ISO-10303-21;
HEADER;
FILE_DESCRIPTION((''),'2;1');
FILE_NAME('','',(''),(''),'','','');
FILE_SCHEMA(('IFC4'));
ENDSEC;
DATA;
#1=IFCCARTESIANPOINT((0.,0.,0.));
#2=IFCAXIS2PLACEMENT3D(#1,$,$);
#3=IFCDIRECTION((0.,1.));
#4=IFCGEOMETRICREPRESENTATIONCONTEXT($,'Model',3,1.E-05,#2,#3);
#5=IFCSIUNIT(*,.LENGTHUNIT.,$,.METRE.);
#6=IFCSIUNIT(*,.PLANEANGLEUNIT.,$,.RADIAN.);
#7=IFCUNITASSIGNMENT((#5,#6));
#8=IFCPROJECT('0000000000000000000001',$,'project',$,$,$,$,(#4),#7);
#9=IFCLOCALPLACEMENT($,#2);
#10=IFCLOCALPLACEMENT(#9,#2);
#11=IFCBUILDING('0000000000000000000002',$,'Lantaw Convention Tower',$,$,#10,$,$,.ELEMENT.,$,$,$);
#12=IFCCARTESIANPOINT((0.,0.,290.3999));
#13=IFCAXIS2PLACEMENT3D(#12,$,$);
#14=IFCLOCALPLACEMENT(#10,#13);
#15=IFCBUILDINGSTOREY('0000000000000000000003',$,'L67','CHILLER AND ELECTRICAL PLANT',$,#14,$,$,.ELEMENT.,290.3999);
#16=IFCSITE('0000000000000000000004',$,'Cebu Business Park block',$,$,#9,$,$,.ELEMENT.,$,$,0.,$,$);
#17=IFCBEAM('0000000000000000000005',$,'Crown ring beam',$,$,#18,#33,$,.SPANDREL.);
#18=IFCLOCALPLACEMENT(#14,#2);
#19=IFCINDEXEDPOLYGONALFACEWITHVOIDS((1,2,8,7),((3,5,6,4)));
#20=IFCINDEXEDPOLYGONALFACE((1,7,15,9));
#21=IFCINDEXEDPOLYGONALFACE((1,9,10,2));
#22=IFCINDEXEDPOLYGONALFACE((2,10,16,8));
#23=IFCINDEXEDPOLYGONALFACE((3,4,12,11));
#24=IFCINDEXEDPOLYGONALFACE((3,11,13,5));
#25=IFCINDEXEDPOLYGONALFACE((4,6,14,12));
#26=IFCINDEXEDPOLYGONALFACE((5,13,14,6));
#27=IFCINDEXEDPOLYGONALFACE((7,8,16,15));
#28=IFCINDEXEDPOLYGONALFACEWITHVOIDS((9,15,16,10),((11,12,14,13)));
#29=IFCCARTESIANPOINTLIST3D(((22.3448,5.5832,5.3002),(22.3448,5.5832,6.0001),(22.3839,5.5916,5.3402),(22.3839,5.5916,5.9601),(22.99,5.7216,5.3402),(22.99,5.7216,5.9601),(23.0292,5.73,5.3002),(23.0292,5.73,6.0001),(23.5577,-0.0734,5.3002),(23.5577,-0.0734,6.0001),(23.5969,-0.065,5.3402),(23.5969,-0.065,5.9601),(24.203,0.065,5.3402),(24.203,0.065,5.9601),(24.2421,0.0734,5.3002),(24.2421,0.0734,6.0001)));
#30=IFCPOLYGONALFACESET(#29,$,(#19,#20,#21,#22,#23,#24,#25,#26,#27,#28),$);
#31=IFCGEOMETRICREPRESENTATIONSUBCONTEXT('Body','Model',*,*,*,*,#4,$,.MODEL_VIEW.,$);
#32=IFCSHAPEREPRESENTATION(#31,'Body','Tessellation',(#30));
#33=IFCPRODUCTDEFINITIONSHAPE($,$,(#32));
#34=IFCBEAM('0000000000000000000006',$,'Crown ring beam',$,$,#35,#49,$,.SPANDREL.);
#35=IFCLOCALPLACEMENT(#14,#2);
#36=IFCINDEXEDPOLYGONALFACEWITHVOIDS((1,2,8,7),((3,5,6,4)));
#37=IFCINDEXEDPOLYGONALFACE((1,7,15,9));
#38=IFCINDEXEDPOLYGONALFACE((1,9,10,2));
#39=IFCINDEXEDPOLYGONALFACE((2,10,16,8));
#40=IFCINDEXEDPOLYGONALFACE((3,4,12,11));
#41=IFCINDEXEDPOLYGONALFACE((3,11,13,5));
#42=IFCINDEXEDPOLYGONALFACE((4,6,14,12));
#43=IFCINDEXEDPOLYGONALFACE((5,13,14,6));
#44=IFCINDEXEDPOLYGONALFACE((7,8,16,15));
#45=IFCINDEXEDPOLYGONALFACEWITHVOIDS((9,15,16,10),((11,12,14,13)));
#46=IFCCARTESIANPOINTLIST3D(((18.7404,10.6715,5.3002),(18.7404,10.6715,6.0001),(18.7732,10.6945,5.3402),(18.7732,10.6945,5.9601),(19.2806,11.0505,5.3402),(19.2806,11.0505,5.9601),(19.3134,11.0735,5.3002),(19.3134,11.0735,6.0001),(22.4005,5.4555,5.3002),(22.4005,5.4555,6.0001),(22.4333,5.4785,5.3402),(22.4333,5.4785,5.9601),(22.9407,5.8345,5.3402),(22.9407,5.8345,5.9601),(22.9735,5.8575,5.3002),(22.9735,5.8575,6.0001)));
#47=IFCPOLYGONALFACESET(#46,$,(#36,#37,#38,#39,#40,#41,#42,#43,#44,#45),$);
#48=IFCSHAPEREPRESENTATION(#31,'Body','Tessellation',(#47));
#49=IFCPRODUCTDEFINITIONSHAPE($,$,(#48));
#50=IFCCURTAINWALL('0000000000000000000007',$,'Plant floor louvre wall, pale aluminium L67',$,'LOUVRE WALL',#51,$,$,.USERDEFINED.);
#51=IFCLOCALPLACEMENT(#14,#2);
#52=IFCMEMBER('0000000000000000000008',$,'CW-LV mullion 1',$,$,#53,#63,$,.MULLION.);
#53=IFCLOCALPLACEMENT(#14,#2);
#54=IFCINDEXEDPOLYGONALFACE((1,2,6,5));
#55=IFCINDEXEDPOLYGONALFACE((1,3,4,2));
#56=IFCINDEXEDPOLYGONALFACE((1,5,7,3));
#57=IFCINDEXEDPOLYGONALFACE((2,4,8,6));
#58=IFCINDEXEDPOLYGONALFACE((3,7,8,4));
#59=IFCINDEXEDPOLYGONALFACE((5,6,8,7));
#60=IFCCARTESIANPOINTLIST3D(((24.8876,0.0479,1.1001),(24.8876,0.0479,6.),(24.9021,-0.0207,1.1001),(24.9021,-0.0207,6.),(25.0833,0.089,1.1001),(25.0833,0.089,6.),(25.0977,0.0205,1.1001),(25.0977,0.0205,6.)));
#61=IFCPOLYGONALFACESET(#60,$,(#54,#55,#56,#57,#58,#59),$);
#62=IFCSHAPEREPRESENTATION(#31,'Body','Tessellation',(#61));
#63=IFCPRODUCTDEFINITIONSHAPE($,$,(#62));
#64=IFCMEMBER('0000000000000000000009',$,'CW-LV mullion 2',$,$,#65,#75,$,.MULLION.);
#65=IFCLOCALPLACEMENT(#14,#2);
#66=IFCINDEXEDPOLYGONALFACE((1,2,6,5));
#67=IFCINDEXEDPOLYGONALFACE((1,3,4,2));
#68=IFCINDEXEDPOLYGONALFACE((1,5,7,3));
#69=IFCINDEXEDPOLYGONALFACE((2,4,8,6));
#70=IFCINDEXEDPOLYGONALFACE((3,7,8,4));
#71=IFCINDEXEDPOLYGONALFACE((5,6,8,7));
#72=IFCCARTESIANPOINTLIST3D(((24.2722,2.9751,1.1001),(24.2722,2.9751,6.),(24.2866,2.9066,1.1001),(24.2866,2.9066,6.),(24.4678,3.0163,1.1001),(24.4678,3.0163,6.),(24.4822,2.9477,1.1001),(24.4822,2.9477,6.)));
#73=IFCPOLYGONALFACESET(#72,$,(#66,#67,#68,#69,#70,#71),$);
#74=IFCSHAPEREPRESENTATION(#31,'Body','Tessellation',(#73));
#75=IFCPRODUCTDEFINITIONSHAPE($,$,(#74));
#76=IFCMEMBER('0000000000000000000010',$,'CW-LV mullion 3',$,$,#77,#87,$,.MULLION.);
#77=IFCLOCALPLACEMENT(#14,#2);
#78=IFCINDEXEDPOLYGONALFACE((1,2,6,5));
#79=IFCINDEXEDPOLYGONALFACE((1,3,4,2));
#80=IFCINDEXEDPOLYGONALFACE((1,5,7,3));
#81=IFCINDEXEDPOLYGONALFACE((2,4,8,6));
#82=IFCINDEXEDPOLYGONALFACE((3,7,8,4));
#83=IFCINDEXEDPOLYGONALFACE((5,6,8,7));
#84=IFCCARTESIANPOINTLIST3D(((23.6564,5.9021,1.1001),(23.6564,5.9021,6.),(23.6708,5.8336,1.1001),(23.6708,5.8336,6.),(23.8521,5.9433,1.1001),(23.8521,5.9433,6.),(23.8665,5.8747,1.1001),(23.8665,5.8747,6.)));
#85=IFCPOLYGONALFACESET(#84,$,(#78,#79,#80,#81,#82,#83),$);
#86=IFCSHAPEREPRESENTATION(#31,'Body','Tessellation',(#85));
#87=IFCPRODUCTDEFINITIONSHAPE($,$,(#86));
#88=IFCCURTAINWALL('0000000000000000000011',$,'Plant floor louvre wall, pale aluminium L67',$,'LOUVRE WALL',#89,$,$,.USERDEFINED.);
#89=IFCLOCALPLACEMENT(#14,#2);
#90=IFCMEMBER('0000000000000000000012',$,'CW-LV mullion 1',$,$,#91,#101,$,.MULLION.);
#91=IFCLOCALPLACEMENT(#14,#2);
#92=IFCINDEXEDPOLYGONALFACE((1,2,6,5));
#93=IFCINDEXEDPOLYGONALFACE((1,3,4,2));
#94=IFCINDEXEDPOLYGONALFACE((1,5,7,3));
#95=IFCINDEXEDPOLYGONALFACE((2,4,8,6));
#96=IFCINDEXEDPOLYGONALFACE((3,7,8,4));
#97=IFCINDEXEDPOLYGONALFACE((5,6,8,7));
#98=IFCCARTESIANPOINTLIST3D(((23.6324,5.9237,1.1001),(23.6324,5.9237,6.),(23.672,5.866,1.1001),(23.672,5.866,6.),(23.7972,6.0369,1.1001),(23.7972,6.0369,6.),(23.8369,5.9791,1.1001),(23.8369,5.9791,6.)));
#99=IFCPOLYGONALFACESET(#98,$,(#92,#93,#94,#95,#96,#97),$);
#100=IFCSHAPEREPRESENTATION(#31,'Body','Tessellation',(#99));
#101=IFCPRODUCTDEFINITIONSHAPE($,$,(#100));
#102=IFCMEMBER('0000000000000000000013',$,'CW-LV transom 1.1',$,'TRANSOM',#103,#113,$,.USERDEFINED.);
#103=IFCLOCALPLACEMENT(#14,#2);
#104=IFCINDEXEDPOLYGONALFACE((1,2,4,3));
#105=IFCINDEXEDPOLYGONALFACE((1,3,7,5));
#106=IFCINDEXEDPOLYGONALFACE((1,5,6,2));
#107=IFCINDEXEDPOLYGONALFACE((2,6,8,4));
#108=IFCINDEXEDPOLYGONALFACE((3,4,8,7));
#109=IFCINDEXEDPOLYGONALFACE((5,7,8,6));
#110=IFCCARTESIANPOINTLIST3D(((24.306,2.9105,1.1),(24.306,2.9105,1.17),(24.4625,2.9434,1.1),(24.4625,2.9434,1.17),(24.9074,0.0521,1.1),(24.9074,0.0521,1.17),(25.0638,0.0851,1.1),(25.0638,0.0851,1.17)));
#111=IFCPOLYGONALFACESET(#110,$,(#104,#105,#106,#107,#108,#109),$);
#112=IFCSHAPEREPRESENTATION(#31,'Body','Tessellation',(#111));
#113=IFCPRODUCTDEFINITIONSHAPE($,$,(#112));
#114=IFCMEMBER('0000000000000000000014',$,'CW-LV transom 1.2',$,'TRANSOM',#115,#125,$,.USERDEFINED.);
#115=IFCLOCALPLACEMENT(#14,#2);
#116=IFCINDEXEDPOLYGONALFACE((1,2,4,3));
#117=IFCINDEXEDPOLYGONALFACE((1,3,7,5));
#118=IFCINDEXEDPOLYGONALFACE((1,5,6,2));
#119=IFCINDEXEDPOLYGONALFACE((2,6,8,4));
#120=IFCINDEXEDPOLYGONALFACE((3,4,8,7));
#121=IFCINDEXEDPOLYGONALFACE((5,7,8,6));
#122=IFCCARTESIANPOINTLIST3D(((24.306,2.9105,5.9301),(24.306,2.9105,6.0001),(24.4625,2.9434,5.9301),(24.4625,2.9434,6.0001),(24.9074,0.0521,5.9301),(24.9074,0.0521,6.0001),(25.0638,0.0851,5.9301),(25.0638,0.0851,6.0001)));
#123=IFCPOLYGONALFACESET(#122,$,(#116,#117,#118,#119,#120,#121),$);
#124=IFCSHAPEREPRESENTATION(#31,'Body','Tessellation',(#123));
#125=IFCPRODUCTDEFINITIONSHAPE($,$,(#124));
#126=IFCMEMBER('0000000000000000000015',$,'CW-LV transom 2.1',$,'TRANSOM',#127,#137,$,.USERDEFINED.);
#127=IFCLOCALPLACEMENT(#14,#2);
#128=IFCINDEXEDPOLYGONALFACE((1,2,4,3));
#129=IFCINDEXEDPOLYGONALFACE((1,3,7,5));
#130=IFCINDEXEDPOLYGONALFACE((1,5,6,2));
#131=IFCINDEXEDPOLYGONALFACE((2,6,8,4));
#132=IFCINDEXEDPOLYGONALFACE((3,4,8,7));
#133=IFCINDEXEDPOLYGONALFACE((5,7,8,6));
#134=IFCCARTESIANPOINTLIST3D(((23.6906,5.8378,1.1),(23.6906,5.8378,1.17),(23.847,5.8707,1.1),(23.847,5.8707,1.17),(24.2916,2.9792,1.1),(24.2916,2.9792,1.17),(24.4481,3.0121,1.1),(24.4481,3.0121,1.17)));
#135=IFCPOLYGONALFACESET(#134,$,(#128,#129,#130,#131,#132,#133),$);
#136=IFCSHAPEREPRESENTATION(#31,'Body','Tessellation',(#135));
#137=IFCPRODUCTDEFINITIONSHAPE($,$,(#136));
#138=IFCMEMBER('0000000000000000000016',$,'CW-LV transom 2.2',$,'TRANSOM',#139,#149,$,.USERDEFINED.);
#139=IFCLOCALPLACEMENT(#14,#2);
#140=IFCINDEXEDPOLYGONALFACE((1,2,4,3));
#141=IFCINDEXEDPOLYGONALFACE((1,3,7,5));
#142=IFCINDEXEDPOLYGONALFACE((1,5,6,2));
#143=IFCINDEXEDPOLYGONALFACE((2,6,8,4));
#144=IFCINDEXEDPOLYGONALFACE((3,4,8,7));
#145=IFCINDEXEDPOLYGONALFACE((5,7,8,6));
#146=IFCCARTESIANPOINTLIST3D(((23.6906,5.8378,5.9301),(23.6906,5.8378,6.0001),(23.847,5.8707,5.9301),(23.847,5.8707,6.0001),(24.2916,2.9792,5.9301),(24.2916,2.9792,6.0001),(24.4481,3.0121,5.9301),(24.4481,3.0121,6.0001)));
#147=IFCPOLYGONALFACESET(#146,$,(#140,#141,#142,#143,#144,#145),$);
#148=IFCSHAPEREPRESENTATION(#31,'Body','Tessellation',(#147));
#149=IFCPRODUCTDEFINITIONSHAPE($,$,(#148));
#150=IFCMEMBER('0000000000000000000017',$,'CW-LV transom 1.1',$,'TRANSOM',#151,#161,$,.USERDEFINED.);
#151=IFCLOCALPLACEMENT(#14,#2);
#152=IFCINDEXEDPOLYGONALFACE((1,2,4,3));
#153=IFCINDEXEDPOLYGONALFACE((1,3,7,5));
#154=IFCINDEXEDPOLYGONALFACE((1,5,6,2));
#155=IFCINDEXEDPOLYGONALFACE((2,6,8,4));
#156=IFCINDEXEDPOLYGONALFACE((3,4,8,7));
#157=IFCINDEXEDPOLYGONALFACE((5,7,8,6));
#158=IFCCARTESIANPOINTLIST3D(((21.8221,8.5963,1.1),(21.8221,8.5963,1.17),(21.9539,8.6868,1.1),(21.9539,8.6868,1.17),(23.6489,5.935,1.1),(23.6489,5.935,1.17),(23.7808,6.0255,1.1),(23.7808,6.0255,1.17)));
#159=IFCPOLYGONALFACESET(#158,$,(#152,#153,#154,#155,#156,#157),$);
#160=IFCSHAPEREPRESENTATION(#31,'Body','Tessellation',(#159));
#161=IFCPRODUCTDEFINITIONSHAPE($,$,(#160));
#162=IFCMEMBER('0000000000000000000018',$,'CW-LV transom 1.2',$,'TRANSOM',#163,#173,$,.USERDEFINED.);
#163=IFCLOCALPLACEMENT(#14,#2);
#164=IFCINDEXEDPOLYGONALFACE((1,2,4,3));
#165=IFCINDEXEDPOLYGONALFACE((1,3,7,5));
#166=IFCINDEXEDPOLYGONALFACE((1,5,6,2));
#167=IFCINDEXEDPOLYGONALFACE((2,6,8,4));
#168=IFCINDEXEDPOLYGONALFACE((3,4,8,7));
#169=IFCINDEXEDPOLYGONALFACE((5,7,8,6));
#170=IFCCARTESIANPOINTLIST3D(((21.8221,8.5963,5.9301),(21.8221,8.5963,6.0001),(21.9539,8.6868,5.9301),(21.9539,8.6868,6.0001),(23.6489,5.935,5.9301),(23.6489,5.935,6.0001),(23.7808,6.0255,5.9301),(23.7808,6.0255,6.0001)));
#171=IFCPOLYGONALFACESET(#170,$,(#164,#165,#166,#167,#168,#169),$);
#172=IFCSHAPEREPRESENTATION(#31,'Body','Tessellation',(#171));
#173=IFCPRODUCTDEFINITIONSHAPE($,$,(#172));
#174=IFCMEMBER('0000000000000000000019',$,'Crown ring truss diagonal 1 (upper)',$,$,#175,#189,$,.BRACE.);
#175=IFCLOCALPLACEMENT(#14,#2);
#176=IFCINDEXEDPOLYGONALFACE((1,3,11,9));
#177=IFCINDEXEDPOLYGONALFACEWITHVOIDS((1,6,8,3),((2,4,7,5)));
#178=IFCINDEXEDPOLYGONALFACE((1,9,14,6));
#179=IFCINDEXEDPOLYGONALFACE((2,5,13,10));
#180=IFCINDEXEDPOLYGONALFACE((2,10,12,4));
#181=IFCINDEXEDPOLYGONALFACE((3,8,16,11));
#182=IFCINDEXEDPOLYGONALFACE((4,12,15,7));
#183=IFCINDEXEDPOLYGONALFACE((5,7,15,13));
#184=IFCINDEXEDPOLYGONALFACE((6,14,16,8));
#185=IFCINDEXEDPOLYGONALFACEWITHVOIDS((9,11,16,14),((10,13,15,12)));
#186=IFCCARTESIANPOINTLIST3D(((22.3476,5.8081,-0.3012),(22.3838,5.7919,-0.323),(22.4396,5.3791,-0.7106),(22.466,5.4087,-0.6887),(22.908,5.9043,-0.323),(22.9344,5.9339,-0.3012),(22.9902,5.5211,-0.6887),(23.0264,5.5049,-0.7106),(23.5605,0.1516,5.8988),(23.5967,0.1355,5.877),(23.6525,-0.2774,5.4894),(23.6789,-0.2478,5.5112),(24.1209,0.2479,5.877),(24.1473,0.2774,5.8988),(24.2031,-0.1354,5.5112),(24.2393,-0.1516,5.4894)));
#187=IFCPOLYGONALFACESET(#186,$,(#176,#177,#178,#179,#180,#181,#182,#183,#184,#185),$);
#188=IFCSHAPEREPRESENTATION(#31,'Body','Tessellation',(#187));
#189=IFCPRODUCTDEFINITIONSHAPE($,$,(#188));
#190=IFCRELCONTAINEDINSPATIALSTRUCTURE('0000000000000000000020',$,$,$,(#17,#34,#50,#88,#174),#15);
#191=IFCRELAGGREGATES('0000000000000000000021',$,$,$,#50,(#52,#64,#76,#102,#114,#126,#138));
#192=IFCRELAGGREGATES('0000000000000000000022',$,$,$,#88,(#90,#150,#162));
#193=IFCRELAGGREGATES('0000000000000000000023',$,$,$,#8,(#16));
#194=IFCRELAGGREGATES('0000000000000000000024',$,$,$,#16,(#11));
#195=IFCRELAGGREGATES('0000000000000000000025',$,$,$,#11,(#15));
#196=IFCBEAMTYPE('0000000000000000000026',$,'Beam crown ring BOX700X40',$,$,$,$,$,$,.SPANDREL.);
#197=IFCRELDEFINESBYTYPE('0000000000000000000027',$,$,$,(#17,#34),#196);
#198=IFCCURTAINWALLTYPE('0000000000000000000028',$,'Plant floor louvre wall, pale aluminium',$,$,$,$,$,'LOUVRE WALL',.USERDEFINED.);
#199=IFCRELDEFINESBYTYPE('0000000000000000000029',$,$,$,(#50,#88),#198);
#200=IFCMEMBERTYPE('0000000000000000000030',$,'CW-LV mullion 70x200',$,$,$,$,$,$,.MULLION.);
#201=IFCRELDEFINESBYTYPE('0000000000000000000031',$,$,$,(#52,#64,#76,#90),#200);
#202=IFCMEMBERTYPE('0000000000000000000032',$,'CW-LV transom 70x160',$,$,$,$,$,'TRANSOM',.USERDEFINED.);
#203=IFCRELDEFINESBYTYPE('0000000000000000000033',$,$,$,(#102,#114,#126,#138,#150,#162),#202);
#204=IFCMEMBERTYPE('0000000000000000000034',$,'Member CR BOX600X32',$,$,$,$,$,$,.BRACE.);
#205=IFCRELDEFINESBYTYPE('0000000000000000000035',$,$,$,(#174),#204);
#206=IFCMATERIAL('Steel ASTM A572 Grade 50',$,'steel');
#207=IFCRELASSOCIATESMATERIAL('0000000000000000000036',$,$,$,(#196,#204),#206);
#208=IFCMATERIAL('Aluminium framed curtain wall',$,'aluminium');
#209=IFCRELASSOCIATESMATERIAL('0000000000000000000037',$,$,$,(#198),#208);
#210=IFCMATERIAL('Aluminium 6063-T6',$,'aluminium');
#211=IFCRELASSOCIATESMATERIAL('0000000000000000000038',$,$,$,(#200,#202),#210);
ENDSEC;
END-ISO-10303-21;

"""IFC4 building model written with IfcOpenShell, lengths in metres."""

from ifc_helpers import new_model, si_unit, direction, frame, origin, origin_2d, place, context, subcontext, project, spatial, rectangle, hollow_rectangle, extrude, material, material_profile, profile_set, type_object, element, aggregate, save


model = new_model("IFC4")

# Units and contexts
model_context = context("Model", 3, precision=1e-05, world=origin(), true_north=direction((0.0, 1.0)))
body_context = subcontext(model_context, "Body", "Model", "MODEL_VIEW")
ifc_project = project(units=[si_unit("LENGTHUNIT", "METRE"), si_unit("PLANEANGLEUNIT", "RADIAN")], contexts=[model_context])

# Site, building, storey
site_placement = place(None, origin())
site = spatial("IfcSite", under=ifc_project, at=site_placement, Name="Cebu Business Park block", CompositionType="ELEMENT", RefElevation=0.0)
building_placement = place(site_placement, origin())
building = spatial("IfcBuilding", under=site, at=building_placement, Name="Lantaw Convention Tower", CompositionType="ELEMENT")
storey_placement = place(building_placement, frame((0.0, 0.0, 290.3999)))
storey = spatial("IfcBuildingStorey", under=building, at=storey_placement, Name="L67", Description="CHILLER AND ELECTRICAL PLANT", CompositionType="ELEMENT", Elevation=290.3999)

# Shared definitions
ifc_material_1 = material(Name="Steel ASTM A572 Grade 50", Category="steel")

# Beams
ifc_material_profile_1 = material_profile(ifc_material_1, hollow_rectangle(XDim=0.7, YDim=0.7, WallThickness=0.04, at=origin_2d()), Name="BOX700X40")
ifc_profile_set_1 = profile_set([ifc_material_profile_1], Name="Steel ASTM A572 Grade 50")
beam_type_1 = type_object("IfcBeamType", Name="Beam crown ring BOX700X40", PredefinedType="SPANDREL", material=ifc_profile_set_1)
beam_1_placement = place(storey_placement, frame((23.8999, 0.0, 5.6501), z_axis=(-0.209659, 0.977775, 0.0), x_axis=(-0.977775, -0.209659, 0.0)))
element("IfcBeam", 1, at=beam_1_placement, inside=storey, type_object=beam_type_1, Name="Crown ring beam", PredefinedType="SPANDREL", context=body_context, shape_type="SweptSolid", body=[
    extrude(hollow_rectangle(XDim=0.7, YDim=0.7, WallThickness=0.04, at=origin_2d()), origin(), (0.0, 0.0, 1.0), 5.7852),
])
beam_2_placement = place(storey_placement, frame((22.687, 5.6565, 5.6501), z_axis=(-0.574401, 0.818574, 0.0), x_axis=(-0.818574, -0.574401, 0.0)))
element("IfcBeam", 2, at=beam_2_placement, inside=storey, type_object=beam_type_1, Name="Crown ring beam", PredefinedType="SPANDREL", context=body_context, shape_type="SweptSolid", body=[
    extrude(hollow_rectangle(XDim=0.7, YDim=0.7, WallThickness=0.04, at=origin_2d()), origin(), (0.0, 0.0, 1.0), 6.3721),
])

# Curtain wall, members
ifc_material_2 = material(Name="Aluminium framed curtain wall", Category="aluminium")
curtain_wall_type = type_object("IfcCurtainWallType", Name="Plant floor louvre wall, pale aluminium", ElementType="LOUVRE WALL", PredefinedType="USERDEFINED", material=ifc_material_2)
curtain_wall_1_placement = place(storey_placement, origin())
curtain_wall_1 = element("IfcCurtainWall", 3, at=curtain_wall_1_placement, inside=storey, type_object=curtain_wall_type, Name="Plant floor louvre wall, pale aluminium L67", ObjectType="LOUVRE WALL", PredefinedType="USERDEFINED")
ifc_material_3 = material(Name="Aluminium 6063-T6", Category="aluminium")
ifc_material_profile_2 = material_profile(ifc_material_3, rectangle(XDim=0.2, YDim=0.0701, at=origin_2d()), Name="CW-LV mullion 70x200")
ifc_profile_set_2 = profile_set([ifc_material_profile_2], Name="Aluminium 6063-T6")
member_type_1 = type_object("IfcMemberType", Name="CW-LV mullion 70x200", PredefinedType="MULLION", material=ifc_profile_set_2)
member_1_placement = place(storey_placement, frame((24.9927, 0.0342, 1.1001), z_axis=(0.0, 0.0, 1.0), x_axis=(-0.978591, -0.205814, 0.0)))
member_1 = element("IfcMember", 4, at=member_1_placement, type_object=member_type_1, Name="CW-LV mullion 1", PredefinedType="MULLION", context=body_context, shape_type="SweptSolid", body=[
    extrude(rectangle(XDim=0.2, YDim=0.0701, at=origin_2d()), origin(), (0.0, 0.0, 1.0), 4.8999),
])
member_2_placement = place(storey_placement, frame((24.3772, 2.9614, 1.1001), z_axis=(0.0, 0.0, 1.0), x_axis=(-0.978591, -0.205814, 0.0)))
member_2 = element("IfcMember", 5, at=member_2_placement, type_object=member_type_1, Name="CW-LV mullion 2", PredefinedType="MULLION", context=body_context, shape_type="SweptSolid", body=[
    extrude(rectangle(XDim=0.2, YDim=0.0701, at=origin_2d()), origin(), (0.0, 0.0, 1.0), 4.8999),
])
member_3_placement = place(storey_placement, frame((23.7615, 5.8884, 1.1001), z_axis=(0.0, 0.0, 1.0), x_axis=(-0.978591, -0.205814, 0.0)))
member_3 = element("IfcMember", 6, at=member_3_placement, type_object=member_type_1, Name="CW-LV mullion 3", PredefinedType="MULLION", context=body_context, shape_type="SweptSolid", body=[
    extrude(rectangle(XDim=0.2, YDim=0.0701, at=origin_2d()), origin(), (0.0, 0.0, 1.0), 4.8999),
])

# Curtain wall, member
curtain_wall_2_placement = place(storey_placement, origin())
curtain_wall_2 = element("IfcCurtainWall", 7, at=curtain_wall_2_placement, inside=storey, type_object=curtain_wall_type, Name="Plant floor louvre wall, pale aluminium L67", ObjectType="LOUVRE WALL", PredefinedType="USERDEFINED")
member_4_placement = place(storey_placement, frame((23.7346, 5.9514, 1.1001), z_axis=(0.0, 0.0, 1.0), x_axis=(-0.82445, -0.565935, 0.0)))
member_4 = element("IfcMember", 8, at=member_4_placement, type_object=member_type_1, Name="CW-LV mullion 1", PredefinedType="MULLION", context=body_context, shape_type="SweptSolid", body=[
    extrude(rectangle(XDim=0.2, YDim=0.0701, at=origin_2d()), origin(), (0.0, 0.0, 1.0), 4.8999),
])

# Members
ifc_material_profile_3 = material_profile(ifc_material_3, rectangle(XDim=0.1599, YDim=0.0701, at=origin_2d()), Name="CW-LV transom 70x160")
ifc_profile_set_3 = profile_set([ifc_material_profile_3], Name="Aluminium 6063-T6")
member_type_2 = type_object("IfcMemberType", Name="CW-LV transom 70x160", ElementType="TRANSOM", PredefinedType="USERDEFINED", material=ifc_profile_set_3)
member_5_placement = place(storey_placement, frame((24.9856, 0.0686, 1.135), z_axis=(-0.205863, 0.978581, 0.0), x_axis=(-0.978581, -0.205863, 0.0)))
member_5 = element("IfcMember", 9, at=member_5_placement, type_object=member_type_2, Name="CW-LV transom 1.1", ObjectType="TRANSOM", PredefinedType="USERDEFINED", context=body_context, shape_type="SweptSolid", body=[
    extrude(rectangle(XDim=0.1599, YDim=0.0701, at=origin_2d()), origin(), (0.0, 0.0, 1.0), 2.9209),
])
member_6_placement = place(storey_placement, frame((24.9856, 0.0686, 5.9651), z_axis=(-0.205863, 0.978581, 0.0), x_axis=(-0.978581, -0.205863, 0.0)))
member_6 = element("IfcMember", 10, at=member_6_placement, type_object=member_type_2, Name="CW-LV transom 1.2", ObjectType="TRANSOM", PredefinedType="USERDEFINED", context=body_context, shape_type="SweptSolid", body=[
    extrude(rectangle(XDim=0.1599, YDim=0.0701, at=origin_2d()), origin(), (0.0, 0.0, 1.0), 2.9209),
])
member_7_placement = place(storey_placement, frame((24.3699, 2.9956, 1.135), z_axis=(-0.205766, 0.978601, 0.0), x_axis=(-0.978601, -0.205766, 0.0)))
member_7 = element("IfcMember", 11, at=member_7_placement, type_object=member_type_2, Name="CW-LV transom 2.1", ObjectType="TRANSOM", PredefinedType="USERDEFINED", context=body_context, shape_type="SweptSolid", body=[
    extrude(rectangle(XDim=0.1599, YDim=0.0701, at=origin_2d()), origin(), (0.0, 0.0, 1.0), 2.9211),
])
member_8_placement = place(storey_placement, frame((24.3699, 2.9956, 5.9651), z_axis=(-0.205766, 0.978601, 0.0), x_axis=(-0.978601, -0.205766, 0.0)))
member_8 = element("IfcMember", 12, at=member_8_placement, type_object=member_type_2, Name="CW-LV transom 2.2", ObjectType="TRANSOM", PredefinedType="USERDEFINED", context=body_context, shape_type="SweptSolid", body=[
    extrude(rectangle(XDim=0.1599, YDim=0.0701, at=origin_2d()), origin(), (0.0, 0.0, 1.0), 2.9211),
])
member_9_placement = place(storey_placement, frame((23.7148, 5.9802, 1.135), z_axis=(-0.565941, 0.824446, 0.0), x_axis=(-0.824446, -0.565941, 0.0)))
member_9 = element("IfcMember", 13, at=member_9_placement, type_object=member_type_2, Name="CW-LV transom 1.1", ObjectType="TRANSOM", PredefinedType="USERDEFINED", context=body_context, shape_type="SweptSolid", body=[
    extrude(rectangle(XDim=0.1599, YDim=0.0701, at=origin_2d()), origin(), (0.0, 0.0, 1.0), 3.228),
])
member_10_placement = place(storey_placement, frame((23.7148, 5.9802, 5.9651), z_axis=(-0.565941, 0.824446, 0.0), x_axis=(-0.824446, -0.565941, 0.0)))
member_10 = element("IfcMember", 14, at=member_10_placement, type_object=member_type_2, Name="CW-LV transom 1.2", ObjectType="TRANSOM", PredefinedType="USERDEFINED", context=body_context, shape_type="SweptSolid", body=[
    extrude(rectangle(XDim=0.1599, YDim=0.0701, at=origin_2d()), origin(), (0.0, 0.0, 1.0), 3.228),
])

# Member
ifc_material_profile_4 = material_profile(ifc_material_1, hollow_rectangle(XDim=0.6001, YDim=0.6001, WallThickness=0.032, at=origin_2d()), Name="BOX600X32")
ifc_profile_set_4 = profile_set([ifc_material_profile_4], Name="Steel ASTM A572 Grade 50")
member_type_3 = type_object("IfcMemberType", Name="Member CR BOX600X32", PredefinedType="BRACE", material=ifc_profile_set_4)
for number, where, z_axis, x_axis, name in (
    (15, (22.687, 5.6565, -0.5059), (0.143034, -0.667058, 0.731147), (0.977775, 0.209659, 0.0), "Crown ring truss diagonal 1 (upper)"),
):
    element("IfcMember", number, at=place(storey_placement, frame(where, z_axis=z_axis, x_axis=x_axis)), inside=storey, type_object=member_type_3, Name=name, PredefinedType="BRACE", context=body_context, shape_type="SweptSolid", body=[
        extrude(hollow_rectangle(XDim=0.6001, YDim=0.6001, WallThickness=0.032, at=origin_2d()), origin(), (0.0, 0.0, 1.0), 8.4797),
    ])

aggregate(curtain_wall_1, [member_1, member_2, member_3, member_5, member_6, member_7, member_8])
aggregate(curtain_wall_2, [member_4, member_9, member_10])

save(model, "model.ifc")
